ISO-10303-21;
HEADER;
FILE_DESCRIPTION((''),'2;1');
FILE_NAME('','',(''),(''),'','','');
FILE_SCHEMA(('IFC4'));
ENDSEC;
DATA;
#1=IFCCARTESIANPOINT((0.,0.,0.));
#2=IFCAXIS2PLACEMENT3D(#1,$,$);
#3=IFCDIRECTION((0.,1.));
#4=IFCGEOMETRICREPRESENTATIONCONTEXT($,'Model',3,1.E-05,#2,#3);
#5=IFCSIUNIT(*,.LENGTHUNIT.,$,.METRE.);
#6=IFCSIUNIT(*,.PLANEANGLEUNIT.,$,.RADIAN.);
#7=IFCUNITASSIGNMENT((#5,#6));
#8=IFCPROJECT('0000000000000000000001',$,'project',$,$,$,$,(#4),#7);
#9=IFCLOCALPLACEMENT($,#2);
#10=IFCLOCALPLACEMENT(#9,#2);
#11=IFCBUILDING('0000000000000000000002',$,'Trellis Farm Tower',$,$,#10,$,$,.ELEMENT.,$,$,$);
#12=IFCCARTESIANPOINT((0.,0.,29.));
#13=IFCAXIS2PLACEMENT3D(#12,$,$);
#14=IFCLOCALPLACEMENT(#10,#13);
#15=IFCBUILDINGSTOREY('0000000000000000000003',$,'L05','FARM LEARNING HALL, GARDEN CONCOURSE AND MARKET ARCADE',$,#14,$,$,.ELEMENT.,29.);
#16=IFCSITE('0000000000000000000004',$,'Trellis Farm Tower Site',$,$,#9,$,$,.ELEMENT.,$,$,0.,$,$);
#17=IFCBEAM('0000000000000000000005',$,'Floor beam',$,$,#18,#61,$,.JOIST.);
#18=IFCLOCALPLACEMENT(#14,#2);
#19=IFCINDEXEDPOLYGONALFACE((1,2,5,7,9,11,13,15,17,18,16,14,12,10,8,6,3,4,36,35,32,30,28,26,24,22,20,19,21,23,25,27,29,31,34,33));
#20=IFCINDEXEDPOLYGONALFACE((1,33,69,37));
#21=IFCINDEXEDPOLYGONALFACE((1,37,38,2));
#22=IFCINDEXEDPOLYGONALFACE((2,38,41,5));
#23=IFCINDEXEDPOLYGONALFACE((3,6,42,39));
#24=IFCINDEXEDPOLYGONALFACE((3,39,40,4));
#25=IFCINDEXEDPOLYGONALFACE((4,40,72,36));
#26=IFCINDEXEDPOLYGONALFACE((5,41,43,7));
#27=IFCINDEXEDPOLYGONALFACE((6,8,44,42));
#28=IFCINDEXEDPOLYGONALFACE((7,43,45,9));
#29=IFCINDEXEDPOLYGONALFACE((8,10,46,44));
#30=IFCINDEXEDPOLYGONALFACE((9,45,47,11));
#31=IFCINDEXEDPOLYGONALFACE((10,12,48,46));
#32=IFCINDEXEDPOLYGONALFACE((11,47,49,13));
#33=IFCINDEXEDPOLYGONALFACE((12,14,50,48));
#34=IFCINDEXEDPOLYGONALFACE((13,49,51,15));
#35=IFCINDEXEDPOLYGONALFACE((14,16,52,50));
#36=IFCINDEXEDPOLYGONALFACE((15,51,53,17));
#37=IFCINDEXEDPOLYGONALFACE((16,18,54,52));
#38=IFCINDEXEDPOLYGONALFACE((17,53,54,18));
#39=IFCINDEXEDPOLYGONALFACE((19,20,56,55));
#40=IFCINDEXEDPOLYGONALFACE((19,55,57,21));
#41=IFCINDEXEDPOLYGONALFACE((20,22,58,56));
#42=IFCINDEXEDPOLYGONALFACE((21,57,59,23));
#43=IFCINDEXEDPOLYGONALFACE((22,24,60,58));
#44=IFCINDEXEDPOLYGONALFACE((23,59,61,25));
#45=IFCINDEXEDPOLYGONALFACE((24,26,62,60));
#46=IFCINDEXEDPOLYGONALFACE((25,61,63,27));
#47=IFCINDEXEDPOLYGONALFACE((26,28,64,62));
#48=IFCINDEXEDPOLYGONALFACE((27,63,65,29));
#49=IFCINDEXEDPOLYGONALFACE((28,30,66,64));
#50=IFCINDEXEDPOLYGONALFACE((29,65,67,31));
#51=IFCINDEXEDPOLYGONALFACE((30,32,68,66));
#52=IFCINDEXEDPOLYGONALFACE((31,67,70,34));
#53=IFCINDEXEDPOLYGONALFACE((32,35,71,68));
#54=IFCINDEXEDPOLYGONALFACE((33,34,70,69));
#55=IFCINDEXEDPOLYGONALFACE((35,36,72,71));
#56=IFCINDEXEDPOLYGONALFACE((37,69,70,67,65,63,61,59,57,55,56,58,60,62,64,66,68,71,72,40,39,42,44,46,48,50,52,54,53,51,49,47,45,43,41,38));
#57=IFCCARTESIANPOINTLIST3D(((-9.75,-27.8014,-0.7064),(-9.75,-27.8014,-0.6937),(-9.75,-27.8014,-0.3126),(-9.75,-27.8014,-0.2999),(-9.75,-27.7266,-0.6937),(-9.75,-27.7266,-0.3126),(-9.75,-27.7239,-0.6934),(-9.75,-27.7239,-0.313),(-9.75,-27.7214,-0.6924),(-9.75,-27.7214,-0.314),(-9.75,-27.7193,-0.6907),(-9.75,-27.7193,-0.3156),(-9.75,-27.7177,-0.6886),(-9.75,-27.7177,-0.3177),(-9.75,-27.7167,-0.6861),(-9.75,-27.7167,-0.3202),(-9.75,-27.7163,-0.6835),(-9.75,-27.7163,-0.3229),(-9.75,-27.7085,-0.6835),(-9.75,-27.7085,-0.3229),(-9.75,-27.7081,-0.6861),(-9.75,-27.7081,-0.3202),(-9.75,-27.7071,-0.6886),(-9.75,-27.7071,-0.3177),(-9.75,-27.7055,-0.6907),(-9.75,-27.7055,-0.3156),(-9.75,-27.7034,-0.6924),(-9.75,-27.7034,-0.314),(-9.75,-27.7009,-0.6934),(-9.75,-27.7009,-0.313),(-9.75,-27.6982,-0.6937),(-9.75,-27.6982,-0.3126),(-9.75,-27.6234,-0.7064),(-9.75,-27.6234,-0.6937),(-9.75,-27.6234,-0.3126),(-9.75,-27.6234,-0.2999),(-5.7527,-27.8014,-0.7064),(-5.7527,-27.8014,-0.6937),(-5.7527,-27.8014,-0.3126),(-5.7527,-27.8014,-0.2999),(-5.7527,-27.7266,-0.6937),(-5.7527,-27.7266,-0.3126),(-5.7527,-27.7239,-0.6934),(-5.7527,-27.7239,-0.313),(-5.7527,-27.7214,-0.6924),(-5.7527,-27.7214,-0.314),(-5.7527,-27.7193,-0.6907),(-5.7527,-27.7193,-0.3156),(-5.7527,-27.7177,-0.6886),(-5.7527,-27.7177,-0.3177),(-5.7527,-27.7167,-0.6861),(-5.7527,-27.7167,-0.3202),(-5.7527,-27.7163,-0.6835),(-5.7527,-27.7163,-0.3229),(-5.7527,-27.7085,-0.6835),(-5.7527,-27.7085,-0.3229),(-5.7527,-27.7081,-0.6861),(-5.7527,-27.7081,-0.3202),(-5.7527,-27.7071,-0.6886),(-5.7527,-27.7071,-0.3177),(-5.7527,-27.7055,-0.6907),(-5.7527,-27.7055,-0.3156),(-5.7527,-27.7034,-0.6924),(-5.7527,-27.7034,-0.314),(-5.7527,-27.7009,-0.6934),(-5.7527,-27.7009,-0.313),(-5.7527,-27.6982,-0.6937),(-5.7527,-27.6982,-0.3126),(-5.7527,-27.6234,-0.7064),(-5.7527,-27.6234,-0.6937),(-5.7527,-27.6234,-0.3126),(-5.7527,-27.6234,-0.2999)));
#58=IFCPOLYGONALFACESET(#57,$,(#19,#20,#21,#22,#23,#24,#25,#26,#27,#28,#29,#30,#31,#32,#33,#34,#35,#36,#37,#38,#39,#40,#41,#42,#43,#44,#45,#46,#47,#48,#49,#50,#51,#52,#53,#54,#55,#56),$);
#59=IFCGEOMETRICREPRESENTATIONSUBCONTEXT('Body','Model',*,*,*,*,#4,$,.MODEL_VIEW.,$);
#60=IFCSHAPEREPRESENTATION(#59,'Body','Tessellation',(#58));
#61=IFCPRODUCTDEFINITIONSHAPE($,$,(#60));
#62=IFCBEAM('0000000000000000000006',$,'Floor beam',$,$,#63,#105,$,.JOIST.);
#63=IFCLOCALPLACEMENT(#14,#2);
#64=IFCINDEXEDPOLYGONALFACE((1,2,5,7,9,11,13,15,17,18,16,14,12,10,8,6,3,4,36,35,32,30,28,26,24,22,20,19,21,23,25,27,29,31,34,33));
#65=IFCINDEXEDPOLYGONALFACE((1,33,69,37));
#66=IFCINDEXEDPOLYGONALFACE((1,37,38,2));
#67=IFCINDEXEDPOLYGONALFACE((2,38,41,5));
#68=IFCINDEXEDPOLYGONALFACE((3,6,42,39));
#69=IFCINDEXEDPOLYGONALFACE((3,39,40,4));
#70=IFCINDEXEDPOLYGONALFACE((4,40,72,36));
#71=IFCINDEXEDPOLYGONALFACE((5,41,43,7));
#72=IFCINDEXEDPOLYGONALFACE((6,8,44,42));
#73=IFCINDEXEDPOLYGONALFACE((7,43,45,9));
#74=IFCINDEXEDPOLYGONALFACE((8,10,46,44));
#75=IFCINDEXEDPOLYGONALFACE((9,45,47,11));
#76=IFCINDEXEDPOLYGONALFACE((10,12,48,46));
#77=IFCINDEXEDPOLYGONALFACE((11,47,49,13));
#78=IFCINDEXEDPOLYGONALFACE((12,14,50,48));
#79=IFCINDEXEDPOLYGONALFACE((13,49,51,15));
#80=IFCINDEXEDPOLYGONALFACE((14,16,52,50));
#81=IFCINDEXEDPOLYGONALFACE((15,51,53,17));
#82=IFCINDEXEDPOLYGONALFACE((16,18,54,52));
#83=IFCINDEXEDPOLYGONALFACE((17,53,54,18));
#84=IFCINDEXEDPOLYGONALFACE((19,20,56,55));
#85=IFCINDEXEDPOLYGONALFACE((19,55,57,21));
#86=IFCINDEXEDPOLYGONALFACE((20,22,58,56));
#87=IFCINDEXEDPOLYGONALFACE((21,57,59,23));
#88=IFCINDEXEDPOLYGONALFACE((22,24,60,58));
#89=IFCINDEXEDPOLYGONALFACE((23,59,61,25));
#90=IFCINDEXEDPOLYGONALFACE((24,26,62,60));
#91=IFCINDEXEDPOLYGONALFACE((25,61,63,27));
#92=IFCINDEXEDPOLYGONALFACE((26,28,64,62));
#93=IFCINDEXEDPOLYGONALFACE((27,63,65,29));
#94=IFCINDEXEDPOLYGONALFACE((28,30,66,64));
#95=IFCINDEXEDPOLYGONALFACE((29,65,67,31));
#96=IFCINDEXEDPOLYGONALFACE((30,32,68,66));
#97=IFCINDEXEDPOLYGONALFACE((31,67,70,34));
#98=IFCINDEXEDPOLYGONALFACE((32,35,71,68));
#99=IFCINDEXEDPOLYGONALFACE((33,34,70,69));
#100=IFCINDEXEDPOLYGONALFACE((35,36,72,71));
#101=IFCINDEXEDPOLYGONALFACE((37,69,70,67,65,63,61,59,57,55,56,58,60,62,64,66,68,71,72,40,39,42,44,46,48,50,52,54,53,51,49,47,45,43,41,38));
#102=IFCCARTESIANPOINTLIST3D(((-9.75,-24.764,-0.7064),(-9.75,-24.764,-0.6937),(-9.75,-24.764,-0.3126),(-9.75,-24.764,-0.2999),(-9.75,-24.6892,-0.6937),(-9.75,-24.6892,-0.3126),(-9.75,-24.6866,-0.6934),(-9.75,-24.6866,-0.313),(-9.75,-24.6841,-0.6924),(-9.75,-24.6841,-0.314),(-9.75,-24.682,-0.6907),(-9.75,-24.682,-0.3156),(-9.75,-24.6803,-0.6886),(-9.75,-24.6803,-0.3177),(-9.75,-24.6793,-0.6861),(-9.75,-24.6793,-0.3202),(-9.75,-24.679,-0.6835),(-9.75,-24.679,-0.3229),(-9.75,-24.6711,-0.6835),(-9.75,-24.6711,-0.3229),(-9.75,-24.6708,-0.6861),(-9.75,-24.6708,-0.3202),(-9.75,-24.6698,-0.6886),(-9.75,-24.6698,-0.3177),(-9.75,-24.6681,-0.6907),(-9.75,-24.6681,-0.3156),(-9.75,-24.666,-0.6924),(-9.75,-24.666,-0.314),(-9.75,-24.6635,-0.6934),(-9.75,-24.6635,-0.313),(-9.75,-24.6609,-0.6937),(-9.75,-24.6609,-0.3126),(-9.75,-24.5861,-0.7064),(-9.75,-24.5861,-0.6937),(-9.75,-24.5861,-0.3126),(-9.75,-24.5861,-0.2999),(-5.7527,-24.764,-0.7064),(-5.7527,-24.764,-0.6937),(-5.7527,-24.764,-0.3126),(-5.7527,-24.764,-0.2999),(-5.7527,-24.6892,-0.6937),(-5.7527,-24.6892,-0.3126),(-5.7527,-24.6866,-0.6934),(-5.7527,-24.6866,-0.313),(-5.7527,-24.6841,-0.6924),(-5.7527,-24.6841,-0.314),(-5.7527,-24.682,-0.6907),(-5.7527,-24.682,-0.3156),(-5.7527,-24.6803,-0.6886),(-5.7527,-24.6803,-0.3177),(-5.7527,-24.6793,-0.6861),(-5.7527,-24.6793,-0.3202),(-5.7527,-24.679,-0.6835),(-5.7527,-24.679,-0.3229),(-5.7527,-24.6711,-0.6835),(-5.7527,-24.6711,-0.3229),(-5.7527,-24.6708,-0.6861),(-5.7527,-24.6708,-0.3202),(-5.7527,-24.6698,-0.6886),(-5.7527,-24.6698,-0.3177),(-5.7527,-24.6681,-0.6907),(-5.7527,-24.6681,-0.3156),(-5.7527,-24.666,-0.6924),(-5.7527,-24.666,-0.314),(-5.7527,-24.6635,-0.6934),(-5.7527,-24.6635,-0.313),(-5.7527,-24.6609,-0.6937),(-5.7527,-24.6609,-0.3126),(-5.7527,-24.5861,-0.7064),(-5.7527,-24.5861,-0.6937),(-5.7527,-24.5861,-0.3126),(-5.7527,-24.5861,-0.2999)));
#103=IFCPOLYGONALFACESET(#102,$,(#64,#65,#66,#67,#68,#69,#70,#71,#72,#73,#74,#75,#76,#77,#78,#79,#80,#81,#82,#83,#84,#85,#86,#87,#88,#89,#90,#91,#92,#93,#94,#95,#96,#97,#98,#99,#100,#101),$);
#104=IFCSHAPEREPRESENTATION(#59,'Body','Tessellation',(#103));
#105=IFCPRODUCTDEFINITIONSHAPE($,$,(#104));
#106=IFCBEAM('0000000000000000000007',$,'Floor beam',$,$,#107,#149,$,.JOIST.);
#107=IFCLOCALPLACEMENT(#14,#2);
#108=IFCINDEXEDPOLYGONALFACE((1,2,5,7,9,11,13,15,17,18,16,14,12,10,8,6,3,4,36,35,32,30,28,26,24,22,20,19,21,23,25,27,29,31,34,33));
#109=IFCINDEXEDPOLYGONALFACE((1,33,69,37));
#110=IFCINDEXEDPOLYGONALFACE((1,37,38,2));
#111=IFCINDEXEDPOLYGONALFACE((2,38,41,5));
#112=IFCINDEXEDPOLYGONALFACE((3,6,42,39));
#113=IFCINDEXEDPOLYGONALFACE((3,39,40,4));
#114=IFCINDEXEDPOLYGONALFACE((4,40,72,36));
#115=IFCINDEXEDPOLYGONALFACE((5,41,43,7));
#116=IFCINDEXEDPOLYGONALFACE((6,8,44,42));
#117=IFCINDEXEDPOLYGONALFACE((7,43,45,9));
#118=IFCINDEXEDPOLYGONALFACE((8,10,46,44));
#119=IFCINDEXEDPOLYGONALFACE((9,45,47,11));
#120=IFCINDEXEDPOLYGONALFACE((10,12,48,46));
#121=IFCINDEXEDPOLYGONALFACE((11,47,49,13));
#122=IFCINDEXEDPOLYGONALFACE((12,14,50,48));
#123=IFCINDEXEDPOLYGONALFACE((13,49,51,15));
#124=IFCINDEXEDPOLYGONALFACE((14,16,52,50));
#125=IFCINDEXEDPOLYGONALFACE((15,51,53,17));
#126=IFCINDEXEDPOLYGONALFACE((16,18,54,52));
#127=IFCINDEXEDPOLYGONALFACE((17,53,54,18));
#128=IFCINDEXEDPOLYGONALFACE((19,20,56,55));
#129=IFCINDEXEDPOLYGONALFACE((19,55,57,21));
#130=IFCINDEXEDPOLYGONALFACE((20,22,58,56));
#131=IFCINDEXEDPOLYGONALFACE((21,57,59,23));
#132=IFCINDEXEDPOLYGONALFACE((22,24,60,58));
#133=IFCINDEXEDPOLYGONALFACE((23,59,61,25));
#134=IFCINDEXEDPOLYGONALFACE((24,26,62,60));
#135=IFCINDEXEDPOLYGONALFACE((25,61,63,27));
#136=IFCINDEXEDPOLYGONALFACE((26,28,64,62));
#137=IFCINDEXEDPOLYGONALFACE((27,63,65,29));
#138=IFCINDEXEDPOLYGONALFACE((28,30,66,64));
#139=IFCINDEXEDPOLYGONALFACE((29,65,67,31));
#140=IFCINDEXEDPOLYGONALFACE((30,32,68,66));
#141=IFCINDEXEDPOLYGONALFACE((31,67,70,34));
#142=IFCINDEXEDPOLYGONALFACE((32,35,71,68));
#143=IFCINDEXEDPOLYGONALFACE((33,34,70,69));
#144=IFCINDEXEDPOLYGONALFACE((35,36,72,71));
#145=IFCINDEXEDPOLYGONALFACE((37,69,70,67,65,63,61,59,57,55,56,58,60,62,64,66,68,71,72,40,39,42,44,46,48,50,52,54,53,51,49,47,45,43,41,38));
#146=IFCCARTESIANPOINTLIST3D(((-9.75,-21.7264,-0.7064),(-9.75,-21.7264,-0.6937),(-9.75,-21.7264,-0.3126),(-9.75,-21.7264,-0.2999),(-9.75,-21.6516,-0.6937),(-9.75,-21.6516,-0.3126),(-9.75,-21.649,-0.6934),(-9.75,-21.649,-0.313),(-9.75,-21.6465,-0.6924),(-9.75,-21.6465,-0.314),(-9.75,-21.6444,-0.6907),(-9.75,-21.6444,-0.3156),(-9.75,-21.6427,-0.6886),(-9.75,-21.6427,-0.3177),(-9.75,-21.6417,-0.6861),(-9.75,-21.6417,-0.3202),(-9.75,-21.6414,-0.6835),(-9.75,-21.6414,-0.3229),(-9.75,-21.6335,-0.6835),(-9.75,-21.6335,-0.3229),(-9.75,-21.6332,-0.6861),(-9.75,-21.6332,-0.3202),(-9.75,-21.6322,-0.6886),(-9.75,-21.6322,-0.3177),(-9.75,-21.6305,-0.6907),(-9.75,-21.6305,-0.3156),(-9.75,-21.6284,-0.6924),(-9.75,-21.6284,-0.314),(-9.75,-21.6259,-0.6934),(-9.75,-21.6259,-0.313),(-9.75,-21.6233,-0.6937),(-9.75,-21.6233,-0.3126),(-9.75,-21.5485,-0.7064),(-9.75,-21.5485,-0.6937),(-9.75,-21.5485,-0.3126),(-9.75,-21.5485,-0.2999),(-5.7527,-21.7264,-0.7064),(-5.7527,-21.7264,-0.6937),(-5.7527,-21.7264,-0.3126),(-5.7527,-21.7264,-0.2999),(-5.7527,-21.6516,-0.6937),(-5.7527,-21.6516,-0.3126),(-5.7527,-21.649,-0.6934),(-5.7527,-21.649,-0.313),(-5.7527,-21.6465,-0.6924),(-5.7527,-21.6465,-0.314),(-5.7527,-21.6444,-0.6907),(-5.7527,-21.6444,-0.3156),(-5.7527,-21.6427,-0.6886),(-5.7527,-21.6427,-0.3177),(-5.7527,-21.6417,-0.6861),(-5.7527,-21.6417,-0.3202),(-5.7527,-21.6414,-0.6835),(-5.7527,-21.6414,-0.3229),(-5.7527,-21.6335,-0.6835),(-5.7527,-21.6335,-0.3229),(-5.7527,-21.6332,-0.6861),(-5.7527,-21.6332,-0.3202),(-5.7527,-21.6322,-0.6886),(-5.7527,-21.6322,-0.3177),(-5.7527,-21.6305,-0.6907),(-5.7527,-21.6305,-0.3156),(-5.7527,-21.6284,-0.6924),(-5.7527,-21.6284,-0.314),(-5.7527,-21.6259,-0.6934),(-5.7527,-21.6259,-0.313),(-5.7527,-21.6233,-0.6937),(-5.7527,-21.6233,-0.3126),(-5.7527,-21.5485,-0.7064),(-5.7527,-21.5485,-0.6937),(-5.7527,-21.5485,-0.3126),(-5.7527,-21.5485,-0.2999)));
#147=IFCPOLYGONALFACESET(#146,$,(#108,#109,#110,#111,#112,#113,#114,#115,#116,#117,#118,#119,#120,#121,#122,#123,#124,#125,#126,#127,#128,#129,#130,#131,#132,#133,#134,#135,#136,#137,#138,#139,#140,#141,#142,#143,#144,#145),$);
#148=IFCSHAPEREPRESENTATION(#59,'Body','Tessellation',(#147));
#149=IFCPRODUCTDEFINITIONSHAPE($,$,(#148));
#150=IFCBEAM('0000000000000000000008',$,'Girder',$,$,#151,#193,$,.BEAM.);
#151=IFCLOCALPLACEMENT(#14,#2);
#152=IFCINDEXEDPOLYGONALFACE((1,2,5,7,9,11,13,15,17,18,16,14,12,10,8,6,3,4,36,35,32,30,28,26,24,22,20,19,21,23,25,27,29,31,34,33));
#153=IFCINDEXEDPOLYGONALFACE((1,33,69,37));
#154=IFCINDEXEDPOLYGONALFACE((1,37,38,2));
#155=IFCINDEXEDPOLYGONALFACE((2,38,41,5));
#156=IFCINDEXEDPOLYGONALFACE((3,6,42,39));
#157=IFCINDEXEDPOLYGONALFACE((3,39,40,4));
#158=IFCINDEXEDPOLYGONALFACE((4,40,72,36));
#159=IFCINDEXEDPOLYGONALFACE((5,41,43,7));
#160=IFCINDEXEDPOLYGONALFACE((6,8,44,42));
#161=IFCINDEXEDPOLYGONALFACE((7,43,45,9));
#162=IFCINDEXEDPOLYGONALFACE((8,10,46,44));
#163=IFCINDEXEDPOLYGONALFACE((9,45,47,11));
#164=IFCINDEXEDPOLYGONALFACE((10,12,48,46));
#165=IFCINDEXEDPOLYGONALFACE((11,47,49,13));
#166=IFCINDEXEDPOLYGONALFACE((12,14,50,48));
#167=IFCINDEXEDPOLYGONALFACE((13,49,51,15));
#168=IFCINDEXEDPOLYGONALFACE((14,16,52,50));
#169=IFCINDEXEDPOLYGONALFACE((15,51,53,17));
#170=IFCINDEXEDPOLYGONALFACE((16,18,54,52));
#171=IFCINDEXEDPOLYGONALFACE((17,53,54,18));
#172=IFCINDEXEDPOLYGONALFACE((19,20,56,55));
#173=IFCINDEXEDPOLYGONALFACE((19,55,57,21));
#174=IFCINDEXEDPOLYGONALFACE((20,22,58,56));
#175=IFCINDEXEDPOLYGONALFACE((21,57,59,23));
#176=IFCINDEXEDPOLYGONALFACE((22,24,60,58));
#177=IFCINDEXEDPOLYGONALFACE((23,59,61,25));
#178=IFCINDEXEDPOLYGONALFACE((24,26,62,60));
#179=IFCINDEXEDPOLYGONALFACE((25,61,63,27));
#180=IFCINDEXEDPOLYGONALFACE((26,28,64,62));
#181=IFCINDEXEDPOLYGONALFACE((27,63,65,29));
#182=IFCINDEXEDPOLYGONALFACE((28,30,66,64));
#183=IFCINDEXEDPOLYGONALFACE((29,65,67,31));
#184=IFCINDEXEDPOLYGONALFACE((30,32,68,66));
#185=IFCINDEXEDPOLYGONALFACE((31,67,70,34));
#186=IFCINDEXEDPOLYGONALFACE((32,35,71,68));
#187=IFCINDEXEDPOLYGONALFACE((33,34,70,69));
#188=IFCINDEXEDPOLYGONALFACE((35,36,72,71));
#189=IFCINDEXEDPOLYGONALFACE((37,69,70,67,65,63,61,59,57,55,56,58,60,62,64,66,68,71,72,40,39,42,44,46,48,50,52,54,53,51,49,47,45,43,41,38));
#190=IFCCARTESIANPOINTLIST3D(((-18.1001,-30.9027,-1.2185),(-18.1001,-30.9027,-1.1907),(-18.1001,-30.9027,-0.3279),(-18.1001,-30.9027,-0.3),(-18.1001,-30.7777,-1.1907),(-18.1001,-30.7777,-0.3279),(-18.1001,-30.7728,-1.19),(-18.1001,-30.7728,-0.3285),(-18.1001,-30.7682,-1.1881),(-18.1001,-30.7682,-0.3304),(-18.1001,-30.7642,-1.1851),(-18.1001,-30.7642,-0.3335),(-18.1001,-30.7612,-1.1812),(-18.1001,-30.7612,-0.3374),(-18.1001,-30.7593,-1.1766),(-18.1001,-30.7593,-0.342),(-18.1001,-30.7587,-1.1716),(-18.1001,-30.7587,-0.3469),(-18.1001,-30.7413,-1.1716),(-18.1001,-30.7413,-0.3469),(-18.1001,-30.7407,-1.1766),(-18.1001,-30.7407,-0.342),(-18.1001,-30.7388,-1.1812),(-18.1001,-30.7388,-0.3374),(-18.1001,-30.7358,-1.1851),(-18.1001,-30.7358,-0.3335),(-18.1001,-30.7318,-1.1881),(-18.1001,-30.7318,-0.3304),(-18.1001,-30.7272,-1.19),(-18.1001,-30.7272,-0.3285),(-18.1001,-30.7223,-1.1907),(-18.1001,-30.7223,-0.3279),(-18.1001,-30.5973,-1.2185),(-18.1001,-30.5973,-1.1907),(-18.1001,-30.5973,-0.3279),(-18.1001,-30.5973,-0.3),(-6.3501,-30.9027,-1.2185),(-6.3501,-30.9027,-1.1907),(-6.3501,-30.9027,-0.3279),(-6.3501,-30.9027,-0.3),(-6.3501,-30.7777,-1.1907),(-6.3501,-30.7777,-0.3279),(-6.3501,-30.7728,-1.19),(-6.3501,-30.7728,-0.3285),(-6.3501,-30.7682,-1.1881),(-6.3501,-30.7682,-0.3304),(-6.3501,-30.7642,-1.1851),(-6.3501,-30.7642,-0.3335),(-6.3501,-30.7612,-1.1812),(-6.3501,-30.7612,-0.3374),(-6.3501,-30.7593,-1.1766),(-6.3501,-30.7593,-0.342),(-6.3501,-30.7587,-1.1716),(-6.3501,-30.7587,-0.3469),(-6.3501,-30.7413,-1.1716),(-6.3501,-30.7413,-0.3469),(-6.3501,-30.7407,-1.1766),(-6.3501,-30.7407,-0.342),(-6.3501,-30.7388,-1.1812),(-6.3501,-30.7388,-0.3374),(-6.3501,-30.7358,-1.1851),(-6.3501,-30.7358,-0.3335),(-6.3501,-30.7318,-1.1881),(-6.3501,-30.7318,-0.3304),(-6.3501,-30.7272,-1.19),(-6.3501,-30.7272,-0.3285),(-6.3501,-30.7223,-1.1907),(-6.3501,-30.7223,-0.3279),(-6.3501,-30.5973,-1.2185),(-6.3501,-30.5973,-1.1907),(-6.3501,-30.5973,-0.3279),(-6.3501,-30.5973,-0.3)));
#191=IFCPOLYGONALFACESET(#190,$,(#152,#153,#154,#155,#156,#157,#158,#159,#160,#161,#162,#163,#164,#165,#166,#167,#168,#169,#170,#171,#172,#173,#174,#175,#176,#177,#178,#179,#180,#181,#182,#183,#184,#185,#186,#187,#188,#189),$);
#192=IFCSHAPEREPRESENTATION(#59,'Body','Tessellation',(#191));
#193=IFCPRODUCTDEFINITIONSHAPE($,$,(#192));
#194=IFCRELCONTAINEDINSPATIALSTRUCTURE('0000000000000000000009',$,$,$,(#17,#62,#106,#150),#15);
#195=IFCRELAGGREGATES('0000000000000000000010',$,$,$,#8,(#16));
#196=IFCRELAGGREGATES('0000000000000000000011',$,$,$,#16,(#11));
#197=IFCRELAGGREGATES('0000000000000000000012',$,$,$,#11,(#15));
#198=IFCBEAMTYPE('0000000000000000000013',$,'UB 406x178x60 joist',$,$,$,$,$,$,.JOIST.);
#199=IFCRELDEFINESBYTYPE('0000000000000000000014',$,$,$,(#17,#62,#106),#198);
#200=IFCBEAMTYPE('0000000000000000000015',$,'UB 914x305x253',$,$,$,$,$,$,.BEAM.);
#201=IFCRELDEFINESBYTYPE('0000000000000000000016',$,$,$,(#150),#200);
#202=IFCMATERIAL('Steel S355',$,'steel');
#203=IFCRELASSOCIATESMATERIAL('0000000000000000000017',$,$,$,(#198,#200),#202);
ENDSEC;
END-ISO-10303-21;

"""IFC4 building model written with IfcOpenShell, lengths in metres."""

from ifc_helpers import new_model, si_unit, direction, frame, origin, origin_2d, place, context, subcontext, project, spatial, i_section, extrude, source, transform, mapped, material, material_profile, profile_set, type_object, element, save


model = new_model("IFC4")

# Units and contexts
model_context = context("Model", 3, precision=1e-05, world=origin(), true_north=direction((0.0, 1.0)))
body_context = subcontext(model_context, "Body", "Model", "MODEL_VIEW")
ifc_project = project(units=[si_unit("LENGTHUNIT", "METRE"), si_unit("PLANEANGLEUNIT", "RADIAN")], contexts=[model_context])

# Site, building, storey
site_placement = place(None, origin())
site = spatial("IfcSite", under=ifc_project, at=site_placement, Name="Trellis Farm Tower Site", CompositionType="ELEMENT", RefElevation=0.0)
building_placement = place(site_placement, origin())
building = spatial("IfcBuilding", under=site, at=building_placement, Name="Trellis Farm Tower", CompositionType="ELEMENT")
storey_placement = place(building_placement, frame((0.0, 0.0, 29.0)))
storey = spatial("IfcBuildingStorey", under=building, at=storey_placement, Name="L05", Description="FARM LEARNING HALL, GARDEN CONCOURSE AND MARKET ARCADE", CompositionType="ELEMENT", Elevation=29.0)

# Beams
ifc_material_1 = material(Name="Steel S355", Category="steel")
ifc_material_profile_1 = material_profile(ifc_material_1, i_section(OverallWidth=0.178, OverallDepth=0.4065, WebThickness=0.0078, FlangeThickness=0.0127, FilletRadius=0.0103, at=origin_2d()), Name="UB 406x178x60")
ifc_profile_set_1 = profile_set([ifc_material_profile_1], Name="Steel S355")
beam_type_1 = type_object("IfcBeamType", Name="UB 406x178x60 joist", PredefinedType="JOIST", material=ifc_profile_set_1)
ifc_material_profile_2 = material_profile(ifc_material_1, i_section(OverallWidth=0.3054, OverallDepth=0.9185, WebThickness=0.0173, FlangeThickness=0.0278, FilletRadius=0.019, at=origin_2d()), Name="UB 914x305x253")
ifc_profile_set_2 = profile_set([ifc_material_profile_2], Name="Steel S355")
beam_type_2 = type_object("IfcBeamType", Name="UB 914x305x253", PredefinedType="BEAM", material=ifc_profile_set_2)
shared_shape_1 = source(origin(), body_context, "Body", "SweptSolid", [
    extrude(i_section(OverallWidth=0.178, OverallDepth=0.4065, WebThickness=0.0078, FlangeThickness=0.0127, FilletRadius=0.0103, at=origin_2d()), origin(), (0.0, 0.0, 1.0), 3.9973),
])
for number, where, z_axis, x_axis, name in (
    (1, (-9.75, -27.7124, -0.5032), (1.0, 0.0, 0.0), (0.0, 1.0, 0.0), "Floor beam"),
    (2, (-9.75, -24.675, -0.5032), (1.0, 0.0, 0.0), (0.0, 1.0, 0.0), "Floor beam"),
    (3, (-9.75, -21.6375, -0.5032), (1.0, 0.0, 0.0), (0.0, 1.0, 0.0), "Floor beam"),
):
    element("IfcBeam", number, at=place(storey_placement, frame(where, z_axis=z_axis, x_axis=x_axis)), inside=storey, type_object=beam_type_1, Name=name, PredefinedType="JOIST", context=body_context, shape_type="MappedRepresentation", body=[
        mapped(shared_shape_1, transform((0.0, 0.0, 0.0))),
    ])
shared_shape_2 = source(origin(), body_context, "Body", "SweptSolid", [
    extrude(i_section(OverallWidth=0.3054, OverallDepth=0.9185, WebThickness=0.0173, FlangeThickness=0.0278, FilletRadius=0.019, at=origin_2d()), origin(), (0.0, 0.0, 1.0), 11.75),
])
beam_1_placement = place(storey_placement, frame((-18.1001, -30.75, -0.7593), z_axis=(1.0, 0.0, 0.0), x_axis=(0.0, 1.0, 0.0)))
element("IfcBeam", 4, at=beam_1_placement, inside=storey, type_object=beam_type_2, Name="Girder", PredefinedType="BEAM", context=body_context, shape_type="MappedRepresentation", body=[
    mapped(shared_shape_2, transform((0.0, 0.0, 0.0))),
])

save(model, "model.ifc")
